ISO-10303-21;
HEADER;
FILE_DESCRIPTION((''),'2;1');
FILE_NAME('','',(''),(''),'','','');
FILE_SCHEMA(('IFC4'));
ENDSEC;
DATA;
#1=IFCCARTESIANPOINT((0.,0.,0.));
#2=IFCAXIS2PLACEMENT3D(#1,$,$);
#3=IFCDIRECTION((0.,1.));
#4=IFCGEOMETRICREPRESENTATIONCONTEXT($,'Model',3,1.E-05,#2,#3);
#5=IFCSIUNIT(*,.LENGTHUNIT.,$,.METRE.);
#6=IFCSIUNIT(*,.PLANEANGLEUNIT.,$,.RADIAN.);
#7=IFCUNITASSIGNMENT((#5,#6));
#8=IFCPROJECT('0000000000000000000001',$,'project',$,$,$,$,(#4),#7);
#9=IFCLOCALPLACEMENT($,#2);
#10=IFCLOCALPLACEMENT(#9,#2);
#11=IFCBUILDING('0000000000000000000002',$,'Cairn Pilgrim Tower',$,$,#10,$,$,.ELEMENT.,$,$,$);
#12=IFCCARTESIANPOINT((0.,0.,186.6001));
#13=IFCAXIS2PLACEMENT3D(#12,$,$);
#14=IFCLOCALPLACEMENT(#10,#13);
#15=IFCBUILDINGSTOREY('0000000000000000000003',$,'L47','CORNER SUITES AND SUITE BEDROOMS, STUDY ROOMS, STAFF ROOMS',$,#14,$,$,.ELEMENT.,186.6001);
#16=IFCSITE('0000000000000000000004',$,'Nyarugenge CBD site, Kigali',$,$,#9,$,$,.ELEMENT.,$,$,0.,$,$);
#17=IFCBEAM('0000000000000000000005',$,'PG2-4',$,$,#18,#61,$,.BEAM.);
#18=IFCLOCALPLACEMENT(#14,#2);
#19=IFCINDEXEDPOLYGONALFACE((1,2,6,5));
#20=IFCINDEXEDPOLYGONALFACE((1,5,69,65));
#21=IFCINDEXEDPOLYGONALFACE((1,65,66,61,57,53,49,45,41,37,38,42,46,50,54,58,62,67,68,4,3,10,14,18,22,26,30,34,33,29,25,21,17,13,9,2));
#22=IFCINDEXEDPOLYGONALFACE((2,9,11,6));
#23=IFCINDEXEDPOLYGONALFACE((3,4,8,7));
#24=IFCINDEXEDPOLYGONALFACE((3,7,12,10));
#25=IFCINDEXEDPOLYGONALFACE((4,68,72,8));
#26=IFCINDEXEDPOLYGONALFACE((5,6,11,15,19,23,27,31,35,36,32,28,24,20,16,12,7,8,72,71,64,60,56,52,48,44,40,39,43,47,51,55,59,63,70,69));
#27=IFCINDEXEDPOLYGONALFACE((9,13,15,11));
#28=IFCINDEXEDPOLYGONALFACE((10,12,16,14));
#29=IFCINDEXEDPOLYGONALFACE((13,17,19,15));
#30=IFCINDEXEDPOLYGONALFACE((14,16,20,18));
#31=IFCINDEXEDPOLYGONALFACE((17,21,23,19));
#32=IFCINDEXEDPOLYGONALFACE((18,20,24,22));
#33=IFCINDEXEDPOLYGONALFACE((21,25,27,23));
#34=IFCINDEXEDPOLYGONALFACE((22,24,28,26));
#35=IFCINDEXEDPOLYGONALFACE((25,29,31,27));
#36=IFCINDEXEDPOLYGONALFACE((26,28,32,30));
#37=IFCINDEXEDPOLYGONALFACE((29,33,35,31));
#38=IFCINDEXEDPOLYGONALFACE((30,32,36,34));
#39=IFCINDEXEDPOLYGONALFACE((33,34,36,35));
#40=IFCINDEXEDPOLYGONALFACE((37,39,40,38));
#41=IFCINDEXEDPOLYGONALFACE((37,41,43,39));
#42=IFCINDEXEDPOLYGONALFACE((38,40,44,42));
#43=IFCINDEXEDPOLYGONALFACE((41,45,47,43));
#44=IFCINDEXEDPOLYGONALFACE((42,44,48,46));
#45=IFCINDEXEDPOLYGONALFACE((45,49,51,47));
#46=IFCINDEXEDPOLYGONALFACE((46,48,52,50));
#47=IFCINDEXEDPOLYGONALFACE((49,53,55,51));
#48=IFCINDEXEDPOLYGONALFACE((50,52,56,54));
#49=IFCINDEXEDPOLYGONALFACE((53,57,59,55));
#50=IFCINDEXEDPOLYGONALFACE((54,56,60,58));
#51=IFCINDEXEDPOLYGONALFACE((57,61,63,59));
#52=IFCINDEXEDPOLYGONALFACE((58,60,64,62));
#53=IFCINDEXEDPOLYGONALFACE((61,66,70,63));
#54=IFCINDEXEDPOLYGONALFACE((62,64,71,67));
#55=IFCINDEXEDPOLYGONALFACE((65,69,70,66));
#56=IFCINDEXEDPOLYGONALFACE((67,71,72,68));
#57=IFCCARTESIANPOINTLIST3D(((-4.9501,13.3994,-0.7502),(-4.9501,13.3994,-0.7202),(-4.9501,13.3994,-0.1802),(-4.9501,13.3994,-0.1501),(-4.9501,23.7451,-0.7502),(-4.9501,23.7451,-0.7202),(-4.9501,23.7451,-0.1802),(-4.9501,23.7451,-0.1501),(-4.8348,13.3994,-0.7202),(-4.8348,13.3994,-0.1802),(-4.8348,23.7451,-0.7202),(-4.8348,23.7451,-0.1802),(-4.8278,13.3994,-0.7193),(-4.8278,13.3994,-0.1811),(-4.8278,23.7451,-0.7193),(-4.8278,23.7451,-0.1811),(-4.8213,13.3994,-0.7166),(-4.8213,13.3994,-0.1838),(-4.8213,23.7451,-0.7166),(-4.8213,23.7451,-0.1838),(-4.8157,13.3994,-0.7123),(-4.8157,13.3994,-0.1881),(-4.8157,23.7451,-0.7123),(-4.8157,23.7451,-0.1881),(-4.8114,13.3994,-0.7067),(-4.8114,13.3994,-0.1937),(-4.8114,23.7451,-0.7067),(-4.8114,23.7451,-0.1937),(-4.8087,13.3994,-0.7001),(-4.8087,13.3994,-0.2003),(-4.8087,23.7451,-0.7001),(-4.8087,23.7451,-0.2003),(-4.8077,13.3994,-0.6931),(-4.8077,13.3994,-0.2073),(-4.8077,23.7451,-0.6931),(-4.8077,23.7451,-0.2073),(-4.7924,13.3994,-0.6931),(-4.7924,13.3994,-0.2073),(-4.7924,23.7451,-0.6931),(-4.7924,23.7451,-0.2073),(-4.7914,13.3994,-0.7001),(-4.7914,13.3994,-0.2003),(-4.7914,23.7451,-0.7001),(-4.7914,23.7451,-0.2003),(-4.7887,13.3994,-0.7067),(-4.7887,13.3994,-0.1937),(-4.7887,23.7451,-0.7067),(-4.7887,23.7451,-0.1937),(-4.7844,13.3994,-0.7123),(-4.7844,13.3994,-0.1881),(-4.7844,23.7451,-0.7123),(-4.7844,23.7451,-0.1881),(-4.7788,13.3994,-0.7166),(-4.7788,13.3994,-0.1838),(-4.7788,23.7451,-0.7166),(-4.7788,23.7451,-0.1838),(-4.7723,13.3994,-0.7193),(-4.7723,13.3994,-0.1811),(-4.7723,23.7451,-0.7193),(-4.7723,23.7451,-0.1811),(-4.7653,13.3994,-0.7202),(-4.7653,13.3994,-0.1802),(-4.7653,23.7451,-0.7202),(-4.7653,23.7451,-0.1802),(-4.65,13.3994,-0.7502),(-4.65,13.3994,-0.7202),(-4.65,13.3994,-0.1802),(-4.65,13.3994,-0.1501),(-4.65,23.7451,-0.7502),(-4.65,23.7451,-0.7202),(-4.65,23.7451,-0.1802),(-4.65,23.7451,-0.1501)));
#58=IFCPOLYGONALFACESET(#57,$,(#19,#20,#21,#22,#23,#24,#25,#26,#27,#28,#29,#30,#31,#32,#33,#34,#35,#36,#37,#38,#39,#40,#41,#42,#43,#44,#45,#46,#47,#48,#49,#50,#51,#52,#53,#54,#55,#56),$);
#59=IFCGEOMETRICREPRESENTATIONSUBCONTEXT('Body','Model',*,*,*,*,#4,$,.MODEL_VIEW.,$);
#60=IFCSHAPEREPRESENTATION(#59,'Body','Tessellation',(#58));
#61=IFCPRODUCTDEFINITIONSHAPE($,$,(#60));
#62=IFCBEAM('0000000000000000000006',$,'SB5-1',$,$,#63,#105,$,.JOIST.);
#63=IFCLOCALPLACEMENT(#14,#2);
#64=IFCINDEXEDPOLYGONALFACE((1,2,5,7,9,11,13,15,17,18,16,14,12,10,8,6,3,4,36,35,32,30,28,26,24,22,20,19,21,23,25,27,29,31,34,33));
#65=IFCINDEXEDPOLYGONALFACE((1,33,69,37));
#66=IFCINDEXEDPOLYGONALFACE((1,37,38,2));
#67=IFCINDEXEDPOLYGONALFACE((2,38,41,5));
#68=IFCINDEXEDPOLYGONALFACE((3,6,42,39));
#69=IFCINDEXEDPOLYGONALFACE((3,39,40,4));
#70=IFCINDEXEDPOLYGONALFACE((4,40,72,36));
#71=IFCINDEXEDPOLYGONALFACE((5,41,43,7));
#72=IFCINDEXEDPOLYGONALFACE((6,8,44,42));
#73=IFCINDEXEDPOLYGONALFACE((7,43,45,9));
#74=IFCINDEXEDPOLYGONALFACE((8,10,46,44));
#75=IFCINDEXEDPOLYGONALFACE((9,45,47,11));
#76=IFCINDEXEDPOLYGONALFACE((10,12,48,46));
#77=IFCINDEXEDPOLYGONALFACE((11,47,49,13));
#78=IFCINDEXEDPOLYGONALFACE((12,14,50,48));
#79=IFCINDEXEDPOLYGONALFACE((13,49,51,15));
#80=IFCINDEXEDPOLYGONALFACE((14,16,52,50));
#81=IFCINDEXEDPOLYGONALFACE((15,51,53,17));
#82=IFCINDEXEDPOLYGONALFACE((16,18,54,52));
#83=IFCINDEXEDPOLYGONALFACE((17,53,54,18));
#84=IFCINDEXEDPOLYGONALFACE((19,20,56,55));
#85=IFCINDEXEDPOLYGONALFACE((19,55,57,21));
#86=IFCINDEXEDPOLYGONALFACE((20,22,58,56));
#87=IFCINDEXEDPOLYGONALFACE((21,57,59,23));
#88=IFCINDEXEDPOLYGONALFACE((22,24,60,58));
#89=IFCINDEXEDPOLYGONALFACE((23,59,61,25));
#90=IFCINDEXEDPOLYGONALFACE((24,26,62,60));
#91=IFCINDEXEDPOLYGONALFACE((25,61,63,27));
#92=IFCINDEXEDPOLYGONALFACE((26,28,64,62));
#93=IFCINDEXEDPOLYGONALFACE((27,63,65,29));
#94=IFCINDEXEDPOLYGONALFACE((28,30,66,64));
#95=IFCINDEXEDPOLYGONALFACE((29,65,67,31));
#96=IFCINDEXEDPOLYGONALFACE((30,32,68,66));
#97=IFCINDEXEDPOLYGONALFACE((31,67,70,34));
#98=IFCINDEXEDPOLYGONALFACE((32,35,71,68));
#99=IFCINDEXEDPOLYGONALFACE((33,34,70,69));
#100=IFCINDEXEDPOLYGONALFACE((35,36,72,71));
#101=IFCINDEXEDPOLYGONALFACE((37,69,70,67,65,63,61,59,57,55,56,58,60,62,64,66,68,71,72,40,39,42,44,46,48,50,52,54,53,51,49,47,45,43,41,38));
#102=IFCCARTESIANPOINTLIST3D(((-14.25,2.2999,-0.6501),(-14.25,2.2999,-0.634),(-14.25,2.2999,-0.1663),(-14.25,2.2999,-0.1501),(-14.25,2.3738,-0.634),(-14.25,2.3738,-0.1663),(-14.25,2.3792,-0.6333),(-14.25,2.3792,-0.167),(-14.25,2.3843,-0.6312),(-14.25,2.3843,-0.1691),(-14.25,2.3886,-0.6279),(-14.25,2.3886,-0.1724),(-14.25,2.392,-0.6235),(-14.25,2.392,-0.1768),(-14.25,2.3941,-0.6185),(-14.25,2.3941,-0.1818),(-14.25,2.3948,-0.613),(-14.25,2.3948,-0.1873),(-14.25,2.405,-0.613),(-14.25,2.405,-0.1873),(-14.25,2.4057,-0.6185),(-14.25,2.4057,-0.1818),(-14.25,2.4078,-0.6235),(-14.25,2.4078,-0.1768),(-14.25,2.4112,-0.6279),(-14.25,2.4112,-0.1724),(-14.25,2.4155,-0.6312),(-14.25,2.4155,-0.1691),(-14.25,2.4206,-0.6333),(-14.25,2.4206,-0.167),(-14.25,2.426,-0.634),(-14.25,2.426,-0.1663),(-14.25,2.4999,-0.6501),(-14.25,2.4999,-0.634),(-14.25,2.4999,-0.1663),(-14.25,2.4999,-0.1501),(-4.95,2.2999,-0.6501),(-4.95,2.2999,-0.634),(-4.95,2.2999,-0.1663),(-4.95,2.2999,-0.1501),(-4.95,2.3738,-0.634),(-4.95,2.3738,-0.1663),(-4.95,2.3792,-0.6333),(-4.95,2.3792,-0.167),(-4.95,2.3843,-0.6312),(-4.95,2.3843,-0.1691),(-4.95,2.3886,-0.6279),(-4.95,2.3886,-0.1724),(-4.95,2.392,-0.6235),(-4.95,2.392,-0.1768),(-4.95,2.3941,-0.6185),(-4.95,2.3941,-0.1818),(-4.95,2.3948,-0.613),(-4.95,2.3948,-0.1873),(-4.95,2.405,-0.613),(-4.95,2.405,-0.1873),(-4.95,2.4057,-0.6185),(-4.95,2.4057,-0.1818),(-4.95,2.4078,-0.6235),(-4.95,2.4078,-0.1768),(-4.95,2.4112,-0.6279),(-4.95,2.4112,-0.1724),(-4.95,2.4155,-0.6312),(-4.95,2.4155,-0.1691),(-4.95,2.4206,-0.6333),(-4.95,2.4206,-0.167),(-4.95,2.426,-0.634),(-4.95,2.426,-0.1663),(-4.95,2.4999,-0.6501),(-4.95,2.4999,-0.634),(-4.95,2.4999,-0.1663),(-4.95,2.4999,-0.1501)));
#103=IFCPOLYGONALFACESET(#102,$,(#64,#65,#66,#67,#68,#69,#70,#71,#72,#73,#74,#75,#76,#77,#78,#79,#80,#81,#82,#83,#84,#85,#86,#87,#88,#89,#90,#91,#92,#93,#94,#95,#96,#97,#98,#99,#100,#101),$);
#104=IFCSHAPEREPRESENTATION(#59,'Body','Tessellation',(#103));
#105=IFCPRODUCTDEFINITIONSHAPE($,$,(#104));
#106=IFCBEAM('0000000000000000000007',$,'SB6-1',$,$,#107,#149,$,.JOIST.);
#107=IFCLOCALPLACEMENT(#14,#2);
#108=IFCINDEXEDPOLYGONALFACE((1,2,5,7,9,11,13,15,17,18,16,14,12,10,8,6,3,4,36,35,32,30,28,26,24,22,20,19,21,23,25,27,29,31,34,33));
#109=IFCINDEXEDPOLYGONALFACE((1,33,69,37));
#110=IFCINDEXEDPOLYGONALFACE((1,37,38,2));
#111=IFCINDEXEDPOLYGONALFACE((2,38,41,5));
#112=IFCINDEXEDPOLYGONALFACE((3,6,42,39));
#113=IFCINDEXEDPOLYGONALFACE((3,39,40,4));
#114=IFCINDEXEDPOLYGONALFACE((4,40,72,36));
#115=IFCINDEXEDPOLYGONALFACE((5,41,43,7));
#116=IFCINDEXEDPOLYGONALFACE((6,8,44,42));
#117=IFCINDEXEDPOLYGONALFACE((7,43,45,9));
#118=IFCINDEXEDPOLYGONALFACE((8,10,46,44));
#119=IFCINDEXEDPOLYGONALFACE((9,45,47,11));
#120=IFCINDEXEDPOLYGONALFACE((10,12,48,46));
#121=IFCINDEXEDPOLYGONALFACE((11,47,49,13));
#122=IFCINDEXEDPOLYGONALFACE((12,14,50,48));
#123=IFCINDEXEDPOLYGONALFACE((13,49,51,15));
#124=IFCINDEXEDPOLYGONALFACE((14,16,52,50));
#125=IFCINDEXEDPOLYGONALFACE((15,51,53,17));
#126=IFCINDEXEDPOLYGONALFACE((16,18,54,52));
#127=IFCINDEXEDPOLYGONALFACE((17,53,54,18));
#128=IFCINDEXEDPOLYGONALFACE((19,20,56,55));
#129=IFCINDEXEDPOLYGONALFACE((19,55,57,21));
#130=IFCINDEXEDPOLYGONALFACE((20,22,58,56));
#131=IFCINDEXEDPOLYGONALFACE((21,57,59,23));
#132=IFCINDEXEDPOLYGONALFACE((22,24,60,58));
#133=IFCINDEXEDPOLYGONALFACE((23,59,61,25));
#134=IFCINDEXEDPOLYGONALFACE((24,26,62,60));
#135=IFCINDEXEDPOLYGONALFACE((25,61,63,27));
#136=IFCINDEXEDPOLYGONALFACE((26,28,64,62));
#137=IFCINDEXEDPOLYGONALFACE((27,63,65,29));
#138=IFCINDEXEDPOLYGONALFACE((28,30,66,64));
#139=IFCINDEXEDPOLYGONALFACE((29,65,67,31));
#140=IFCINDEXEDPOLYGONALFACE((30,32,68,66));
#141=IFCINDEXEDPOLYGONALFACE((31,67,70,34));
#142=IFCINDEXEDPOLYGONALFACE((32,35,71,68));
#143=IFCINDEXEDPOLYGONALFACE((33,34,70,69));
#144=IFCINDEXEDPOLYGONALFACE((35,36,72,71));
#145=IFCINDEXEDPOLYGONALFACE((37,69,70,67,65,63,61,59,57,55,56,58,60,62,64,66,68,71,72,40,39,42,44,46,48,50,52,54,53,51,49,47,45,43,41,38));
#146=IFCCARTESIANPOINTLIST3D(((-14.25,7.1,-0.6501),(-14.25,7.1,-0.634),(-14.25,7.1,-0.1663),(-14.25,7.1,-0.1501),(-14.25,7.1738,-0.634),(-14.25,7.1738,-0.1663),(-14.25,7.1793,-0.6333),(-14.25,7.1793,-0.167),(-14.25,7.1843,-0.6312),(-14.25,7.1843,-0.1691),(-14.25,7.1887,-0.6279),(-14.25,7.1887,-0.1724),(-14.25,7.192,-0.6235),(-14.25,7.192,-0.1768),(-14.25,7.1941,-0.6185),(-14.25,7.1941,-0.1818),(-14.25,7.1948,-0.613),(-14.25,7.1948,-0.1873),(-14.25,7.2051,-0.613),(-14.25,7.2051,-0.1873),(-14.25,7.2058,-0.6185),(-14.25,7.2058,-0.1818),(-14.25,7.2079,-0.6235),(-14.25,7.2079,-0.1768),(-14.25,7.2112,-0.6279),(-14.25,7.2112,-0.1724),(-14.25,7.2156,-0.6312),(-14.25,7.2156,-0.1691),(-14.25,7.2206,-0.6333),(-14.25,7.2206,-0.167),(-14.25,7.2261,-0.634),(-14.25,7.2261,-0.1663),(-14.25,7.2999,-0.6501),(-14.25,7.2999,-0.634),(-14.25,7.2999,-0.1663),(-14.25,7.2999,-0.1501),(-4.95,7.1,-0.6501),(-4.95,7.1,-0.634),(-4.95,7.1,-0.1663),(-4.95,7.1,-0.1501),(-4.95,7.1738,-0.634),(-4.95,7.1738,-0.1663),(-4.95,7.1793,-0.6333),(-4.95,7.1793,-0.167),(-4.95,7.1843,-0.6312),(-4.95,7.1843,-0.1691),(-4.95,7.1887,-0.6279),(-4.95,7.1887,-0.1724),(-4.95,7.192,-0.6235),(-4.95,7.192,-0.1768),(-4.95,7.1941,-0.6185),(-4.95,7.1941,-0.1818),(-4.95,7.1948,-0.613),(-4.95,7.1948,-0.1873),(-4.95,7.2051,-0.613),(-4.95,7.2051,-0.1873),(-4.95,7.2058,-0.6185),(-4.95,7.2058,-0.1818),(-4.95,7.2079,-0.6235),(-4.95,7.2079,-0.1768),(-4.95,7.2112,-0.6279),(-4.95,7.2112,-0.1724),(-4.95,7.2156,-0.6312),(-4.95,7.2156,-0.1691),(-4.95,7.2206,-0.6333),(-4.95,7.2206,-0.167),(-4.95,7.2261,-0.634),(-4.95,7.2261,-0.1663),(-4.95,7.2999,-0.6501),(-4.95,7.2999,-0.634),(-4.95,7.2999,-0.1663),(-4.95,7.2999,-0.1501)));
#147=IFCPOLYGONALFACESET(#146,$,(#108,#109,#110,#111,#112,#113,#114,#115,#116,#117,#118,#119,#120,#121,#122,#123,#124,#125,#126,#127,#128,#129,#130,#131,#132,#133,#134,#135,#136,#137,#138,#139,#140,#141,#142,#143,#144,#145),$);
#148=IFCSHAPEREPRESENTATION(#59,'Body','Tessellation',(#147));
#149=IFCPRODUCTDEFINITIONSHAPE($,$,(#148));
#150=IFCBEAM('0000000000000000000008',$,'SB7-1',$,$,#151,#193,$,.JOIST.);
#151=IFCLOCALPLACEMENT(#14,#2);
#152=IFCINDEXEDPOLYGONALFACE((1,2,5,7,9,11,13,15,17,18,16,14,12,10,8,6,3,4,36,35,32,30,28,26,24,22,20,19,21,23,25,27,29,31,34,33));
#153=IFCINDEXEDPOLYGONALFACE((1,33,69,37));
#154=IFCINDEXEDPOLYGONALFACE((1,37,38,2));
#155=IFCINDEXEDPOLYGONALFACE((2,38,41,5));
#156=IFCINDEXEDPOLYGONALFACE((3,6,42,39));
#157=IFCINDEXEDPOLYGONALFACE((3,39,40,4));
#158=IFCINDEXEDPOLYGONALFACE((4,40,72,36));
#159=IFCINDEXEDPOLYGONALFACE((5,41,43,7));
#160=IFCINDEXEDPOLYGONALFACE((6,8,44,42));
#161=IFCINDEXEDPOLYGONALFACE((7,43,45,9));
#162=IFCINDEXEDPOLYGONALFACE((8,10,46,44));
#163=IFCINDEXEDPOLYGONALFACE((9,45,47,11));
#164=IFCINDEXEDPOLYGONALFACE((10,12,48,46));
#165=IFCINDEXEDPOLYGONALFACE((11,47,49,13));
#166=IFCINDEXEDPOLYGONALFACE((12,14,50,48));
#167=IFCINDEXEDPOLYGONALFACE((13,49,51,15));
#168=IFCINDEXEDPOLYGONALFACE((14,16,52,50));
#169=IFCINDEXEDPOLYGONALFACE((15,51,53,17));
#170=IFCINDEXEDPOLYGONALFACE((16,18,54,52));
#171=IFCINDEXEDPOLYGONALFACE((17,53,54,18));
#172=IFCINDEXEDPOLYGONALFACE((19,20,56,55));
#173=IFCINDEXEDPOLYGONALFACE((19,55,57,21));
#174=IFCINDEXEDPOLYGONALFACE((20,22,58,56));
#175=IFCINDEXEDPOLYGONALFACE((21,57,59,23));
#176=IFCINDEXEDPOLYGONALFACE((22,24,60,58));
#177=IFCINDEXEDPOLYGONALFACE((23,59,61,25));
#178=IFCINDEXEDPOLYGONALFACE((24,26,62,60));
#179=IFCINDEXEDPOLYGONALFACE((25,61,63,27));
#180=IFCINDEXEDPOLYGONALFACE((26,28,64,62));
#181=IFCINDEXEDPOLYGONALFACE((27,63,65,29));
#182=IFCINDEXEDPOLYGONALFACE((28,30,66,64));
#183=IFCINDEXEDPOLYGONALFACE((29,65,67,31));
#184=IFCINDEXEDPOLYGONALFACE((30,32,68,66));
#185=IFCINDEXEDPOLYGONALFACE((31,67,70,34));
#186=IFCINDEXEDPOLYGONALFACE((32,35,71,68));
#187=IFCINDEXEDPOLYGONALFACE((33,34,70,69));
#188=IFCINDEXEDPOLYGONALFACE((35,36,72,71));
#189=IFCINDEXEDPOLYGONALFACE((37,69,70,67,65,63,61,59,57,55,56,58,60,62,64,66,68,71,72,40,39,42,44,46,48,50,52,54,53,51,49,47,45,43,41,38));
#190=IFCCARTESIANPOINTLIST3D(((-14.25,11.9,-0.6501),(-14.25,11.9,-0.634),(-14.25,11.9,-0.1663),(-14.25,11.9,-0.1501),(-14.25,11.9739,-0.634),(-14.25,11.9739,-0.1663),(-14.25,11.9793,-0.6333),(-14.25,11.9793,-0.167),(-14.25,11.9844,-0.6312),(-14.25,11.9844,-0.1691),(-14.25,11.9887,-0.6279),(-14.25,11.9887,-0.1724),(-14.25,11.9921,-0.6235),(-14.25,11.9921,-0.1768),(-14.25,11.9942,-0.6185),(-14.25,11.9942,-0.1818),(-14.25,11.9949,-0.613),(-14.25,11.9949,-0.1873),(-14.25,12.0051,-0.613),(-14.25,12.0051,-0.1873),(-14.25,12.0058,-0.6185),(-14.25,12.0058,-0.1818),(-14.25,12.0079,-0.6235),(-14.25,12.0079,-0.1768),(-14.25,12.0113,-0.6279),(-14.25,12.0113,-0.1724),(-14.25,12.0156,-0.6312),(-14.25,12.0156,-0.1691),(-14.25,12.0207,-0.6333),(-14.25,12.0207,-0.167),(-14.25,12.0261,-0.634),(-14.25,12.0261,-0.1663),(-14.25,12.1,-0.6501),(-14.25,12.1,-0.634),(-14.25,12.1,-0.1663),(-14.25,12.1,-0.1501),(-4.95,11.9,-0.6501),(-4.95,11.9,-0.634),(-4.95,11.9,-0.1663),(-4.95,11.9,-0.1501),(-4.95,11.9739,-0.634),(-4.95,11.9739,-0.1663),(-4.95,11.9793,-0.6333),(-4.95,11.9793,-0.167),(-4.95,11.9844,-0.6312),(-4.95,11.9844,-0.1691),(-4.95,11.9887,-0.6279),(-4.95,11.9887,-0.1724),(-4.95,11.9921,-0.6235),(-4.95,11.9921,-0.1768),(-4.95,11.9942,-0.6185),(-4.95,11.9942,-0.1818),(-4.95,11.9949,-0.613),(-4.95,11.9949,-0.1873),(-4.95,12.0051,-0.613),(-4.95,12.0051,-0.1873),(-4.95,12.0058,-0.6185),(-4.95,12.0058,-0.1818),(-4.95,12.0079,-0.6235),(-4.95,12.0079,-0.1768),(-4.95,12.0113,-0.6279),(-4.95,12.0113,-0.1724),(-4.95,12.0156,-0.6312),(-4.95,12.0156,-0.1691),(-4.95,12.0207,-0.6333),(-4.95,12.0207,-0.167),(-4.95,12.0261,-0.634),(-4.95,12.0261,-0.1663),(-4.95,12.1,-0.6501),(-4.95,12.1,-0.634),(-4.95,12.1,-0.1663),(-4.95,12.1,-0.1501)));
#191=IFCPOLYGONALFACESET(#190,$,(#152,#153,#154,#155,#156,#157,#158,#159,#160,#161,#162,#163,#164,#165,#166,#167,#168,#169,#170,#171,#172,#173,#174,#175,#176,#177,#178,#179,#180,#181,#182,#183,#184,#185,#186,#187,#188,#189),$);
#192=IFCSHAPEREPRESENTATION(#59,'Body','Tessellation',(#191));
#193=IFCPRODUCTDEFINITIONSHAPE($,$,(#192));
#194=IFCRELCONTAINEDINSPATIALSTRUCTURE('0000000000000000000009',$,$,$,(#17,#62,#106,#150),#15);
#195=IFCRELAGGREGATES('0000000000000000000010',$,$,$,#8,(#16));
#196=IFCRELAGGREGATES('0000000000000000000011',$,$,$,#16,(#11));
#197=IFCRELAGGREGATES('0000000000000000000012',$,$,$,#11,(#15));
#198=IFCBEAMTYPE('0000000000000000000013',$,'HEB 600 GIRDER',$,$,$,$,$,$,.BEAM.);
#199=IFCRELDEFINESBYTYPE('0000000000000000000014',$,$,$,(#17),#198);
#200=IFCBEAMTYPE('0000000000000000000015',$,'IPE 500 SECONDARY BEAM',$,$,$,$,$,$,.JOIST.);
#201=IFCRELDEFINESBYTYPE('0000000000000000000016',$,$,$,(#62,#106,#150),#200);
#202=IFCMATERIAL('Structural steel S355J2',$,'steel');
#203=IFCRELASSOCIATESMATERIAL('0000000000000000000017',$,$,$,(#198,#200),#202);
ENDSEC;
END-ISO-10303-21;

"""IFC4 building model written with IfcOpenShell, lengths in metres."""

from ifc_helpers import new_model, si_unit, direction, frame, origin, origin_2d, place, context, subcontext, project, spatial, i_section, extrude, material, material_profile, profile_set, type_object, element, save


model = new_model("IFC4")

# Units and contexts
model_context = context("Model", 3, precision=1e-05, world=origin(), true_north=direction((0.0, 1.0)))
body_context = subcontext(model_context, "Body", "Model", "MODEL_VIEW")
ifc_project = project(units=[si_unit("LENGTHUNIT", "METRE"), si_unit("PLANEANGLEUNIT", "RADIAN")], contexts=[model_context])

# Site, building, storey
site_placement = place(None, origin())
site = spatial("IfcSite", under=ifc_project, at=site_placement, Name="Nyarugenge CBD site, Kigali", CompositionType="ELEMENT", RefElevation=0.0)
building_placement = place(site_placement, origin())
building = spatial("IfcBuilding", under=site, at=building_placement, Name="Cairn Pilgrim Tower", CompositionType="ELEMENT")
storey_placement = place(building_placement, frame((0.0, 0.0, 186.6001)))
storey = spatial("IfcBuildingStorey", under=building, at=storey_placement, Name="L47", Description="CORNER SUITES AND SUITE BEDROOMS, STUDY ROOMS, STAFF ROOMS", CompositionType="ELEMENT", Elevation=186.6001)

# Shared definitions
ifc_material_1 = material(Name="Structural steel S355J2", Category="steel")

# Beams
ifc_material_profile_1 = material_profile(ifc_material_1, i_section(OverallWidth=0.3, OverallDepth=0.6001, WebThickness=0.0154, FlangeThickness=0.03, FilletRadius=0.0271, at=origin_2d()), Name="HEB 600")
ifc_profile_set_1 = profile_set([ifc_material_profile_1], Name="Structural steel S355J2")
beam_type_1 = type_object("IfcBeamType", Name="HEB 600 GIRDER", PredefinedType="BEAM", material=ifc_profile_set_1)
beam_1_placement = place(storey_placement, frame((-4.8, 13.3994, -0.4502), z_axis=(0.0, 1.0, 0.0), x_axis=(-1.0, 0.0, 0.0)))
element("IfcBeam", 1, at=beam_1_placement, inside=storey, type_object=beam_type_1, Name="PG2-4", PredefinedType="BEAM", context=body_context, shape_type="SweptSolid", body=[
    extrude(i_section(OverallWidth=0.3, OverallDepth=0.6001, WebThickness=0.0154, FlangeThickness=0.03, FilletRadius=0.0271, at=origin_2d()), origin(), (0.0, 0.0, 1.0), 10.3457),
])
ifc_material_profile_2 = material_profile(ifc_material_1, i_section(OverallWidth=0.2, OverallDepth=0.5, WebThickness=0.0103, FlangeThickness=0.0161, FilletRadius=0.021, at=origin_2d()), Name="IPE 500")
ifc_profile_set_2 = profile_set([ifc_material_profile_2], Name="Structural steel S355J2")
beam_type_2 = type_object("IfcBeamType", Name="IPE 500 SECONDARY BEAM", PredefinedType="JOIST", material=ifc_profile_set_2)
for number, where, z_axis, x_axis, name in (
    (2, (-14.25, 2.3999, -0.4001), (1.0, 0.0, 0.0), (0.0, 1.0, 0.0), "SB5-1"),
    (3, (-14.25, 7.2, -0.4001), (1.0, 0.0, 0.0), (0.0, 1.0, 0.0), "SB6-1"),
    (4, (-14.25, 12.0, -0.4001), (1.0, 0.0, 0.0), (0.0, 1.0, 0.0), "SB7-1"),
):
    element("IfcBeam", number, at=place(storey_placement, frame(where, z_axis=z_axis, x_axis=x_axis)), inside=storey, type_object=beam_type_2, Name=name, PredefinedType="JOIST", context=body_context, shape_type="SweptSolid", body=[
        extrude(i_section(OverallWidth=0.2, OverallDepth=0.5, WebThickness=0.0103, FlangeThickness=0.0161, FilletRadius=0.021, at=origin_2d()), origin(), (0.0, 0.0, 1.0), 9.3),
    ])

save(model, "model.ifc")
